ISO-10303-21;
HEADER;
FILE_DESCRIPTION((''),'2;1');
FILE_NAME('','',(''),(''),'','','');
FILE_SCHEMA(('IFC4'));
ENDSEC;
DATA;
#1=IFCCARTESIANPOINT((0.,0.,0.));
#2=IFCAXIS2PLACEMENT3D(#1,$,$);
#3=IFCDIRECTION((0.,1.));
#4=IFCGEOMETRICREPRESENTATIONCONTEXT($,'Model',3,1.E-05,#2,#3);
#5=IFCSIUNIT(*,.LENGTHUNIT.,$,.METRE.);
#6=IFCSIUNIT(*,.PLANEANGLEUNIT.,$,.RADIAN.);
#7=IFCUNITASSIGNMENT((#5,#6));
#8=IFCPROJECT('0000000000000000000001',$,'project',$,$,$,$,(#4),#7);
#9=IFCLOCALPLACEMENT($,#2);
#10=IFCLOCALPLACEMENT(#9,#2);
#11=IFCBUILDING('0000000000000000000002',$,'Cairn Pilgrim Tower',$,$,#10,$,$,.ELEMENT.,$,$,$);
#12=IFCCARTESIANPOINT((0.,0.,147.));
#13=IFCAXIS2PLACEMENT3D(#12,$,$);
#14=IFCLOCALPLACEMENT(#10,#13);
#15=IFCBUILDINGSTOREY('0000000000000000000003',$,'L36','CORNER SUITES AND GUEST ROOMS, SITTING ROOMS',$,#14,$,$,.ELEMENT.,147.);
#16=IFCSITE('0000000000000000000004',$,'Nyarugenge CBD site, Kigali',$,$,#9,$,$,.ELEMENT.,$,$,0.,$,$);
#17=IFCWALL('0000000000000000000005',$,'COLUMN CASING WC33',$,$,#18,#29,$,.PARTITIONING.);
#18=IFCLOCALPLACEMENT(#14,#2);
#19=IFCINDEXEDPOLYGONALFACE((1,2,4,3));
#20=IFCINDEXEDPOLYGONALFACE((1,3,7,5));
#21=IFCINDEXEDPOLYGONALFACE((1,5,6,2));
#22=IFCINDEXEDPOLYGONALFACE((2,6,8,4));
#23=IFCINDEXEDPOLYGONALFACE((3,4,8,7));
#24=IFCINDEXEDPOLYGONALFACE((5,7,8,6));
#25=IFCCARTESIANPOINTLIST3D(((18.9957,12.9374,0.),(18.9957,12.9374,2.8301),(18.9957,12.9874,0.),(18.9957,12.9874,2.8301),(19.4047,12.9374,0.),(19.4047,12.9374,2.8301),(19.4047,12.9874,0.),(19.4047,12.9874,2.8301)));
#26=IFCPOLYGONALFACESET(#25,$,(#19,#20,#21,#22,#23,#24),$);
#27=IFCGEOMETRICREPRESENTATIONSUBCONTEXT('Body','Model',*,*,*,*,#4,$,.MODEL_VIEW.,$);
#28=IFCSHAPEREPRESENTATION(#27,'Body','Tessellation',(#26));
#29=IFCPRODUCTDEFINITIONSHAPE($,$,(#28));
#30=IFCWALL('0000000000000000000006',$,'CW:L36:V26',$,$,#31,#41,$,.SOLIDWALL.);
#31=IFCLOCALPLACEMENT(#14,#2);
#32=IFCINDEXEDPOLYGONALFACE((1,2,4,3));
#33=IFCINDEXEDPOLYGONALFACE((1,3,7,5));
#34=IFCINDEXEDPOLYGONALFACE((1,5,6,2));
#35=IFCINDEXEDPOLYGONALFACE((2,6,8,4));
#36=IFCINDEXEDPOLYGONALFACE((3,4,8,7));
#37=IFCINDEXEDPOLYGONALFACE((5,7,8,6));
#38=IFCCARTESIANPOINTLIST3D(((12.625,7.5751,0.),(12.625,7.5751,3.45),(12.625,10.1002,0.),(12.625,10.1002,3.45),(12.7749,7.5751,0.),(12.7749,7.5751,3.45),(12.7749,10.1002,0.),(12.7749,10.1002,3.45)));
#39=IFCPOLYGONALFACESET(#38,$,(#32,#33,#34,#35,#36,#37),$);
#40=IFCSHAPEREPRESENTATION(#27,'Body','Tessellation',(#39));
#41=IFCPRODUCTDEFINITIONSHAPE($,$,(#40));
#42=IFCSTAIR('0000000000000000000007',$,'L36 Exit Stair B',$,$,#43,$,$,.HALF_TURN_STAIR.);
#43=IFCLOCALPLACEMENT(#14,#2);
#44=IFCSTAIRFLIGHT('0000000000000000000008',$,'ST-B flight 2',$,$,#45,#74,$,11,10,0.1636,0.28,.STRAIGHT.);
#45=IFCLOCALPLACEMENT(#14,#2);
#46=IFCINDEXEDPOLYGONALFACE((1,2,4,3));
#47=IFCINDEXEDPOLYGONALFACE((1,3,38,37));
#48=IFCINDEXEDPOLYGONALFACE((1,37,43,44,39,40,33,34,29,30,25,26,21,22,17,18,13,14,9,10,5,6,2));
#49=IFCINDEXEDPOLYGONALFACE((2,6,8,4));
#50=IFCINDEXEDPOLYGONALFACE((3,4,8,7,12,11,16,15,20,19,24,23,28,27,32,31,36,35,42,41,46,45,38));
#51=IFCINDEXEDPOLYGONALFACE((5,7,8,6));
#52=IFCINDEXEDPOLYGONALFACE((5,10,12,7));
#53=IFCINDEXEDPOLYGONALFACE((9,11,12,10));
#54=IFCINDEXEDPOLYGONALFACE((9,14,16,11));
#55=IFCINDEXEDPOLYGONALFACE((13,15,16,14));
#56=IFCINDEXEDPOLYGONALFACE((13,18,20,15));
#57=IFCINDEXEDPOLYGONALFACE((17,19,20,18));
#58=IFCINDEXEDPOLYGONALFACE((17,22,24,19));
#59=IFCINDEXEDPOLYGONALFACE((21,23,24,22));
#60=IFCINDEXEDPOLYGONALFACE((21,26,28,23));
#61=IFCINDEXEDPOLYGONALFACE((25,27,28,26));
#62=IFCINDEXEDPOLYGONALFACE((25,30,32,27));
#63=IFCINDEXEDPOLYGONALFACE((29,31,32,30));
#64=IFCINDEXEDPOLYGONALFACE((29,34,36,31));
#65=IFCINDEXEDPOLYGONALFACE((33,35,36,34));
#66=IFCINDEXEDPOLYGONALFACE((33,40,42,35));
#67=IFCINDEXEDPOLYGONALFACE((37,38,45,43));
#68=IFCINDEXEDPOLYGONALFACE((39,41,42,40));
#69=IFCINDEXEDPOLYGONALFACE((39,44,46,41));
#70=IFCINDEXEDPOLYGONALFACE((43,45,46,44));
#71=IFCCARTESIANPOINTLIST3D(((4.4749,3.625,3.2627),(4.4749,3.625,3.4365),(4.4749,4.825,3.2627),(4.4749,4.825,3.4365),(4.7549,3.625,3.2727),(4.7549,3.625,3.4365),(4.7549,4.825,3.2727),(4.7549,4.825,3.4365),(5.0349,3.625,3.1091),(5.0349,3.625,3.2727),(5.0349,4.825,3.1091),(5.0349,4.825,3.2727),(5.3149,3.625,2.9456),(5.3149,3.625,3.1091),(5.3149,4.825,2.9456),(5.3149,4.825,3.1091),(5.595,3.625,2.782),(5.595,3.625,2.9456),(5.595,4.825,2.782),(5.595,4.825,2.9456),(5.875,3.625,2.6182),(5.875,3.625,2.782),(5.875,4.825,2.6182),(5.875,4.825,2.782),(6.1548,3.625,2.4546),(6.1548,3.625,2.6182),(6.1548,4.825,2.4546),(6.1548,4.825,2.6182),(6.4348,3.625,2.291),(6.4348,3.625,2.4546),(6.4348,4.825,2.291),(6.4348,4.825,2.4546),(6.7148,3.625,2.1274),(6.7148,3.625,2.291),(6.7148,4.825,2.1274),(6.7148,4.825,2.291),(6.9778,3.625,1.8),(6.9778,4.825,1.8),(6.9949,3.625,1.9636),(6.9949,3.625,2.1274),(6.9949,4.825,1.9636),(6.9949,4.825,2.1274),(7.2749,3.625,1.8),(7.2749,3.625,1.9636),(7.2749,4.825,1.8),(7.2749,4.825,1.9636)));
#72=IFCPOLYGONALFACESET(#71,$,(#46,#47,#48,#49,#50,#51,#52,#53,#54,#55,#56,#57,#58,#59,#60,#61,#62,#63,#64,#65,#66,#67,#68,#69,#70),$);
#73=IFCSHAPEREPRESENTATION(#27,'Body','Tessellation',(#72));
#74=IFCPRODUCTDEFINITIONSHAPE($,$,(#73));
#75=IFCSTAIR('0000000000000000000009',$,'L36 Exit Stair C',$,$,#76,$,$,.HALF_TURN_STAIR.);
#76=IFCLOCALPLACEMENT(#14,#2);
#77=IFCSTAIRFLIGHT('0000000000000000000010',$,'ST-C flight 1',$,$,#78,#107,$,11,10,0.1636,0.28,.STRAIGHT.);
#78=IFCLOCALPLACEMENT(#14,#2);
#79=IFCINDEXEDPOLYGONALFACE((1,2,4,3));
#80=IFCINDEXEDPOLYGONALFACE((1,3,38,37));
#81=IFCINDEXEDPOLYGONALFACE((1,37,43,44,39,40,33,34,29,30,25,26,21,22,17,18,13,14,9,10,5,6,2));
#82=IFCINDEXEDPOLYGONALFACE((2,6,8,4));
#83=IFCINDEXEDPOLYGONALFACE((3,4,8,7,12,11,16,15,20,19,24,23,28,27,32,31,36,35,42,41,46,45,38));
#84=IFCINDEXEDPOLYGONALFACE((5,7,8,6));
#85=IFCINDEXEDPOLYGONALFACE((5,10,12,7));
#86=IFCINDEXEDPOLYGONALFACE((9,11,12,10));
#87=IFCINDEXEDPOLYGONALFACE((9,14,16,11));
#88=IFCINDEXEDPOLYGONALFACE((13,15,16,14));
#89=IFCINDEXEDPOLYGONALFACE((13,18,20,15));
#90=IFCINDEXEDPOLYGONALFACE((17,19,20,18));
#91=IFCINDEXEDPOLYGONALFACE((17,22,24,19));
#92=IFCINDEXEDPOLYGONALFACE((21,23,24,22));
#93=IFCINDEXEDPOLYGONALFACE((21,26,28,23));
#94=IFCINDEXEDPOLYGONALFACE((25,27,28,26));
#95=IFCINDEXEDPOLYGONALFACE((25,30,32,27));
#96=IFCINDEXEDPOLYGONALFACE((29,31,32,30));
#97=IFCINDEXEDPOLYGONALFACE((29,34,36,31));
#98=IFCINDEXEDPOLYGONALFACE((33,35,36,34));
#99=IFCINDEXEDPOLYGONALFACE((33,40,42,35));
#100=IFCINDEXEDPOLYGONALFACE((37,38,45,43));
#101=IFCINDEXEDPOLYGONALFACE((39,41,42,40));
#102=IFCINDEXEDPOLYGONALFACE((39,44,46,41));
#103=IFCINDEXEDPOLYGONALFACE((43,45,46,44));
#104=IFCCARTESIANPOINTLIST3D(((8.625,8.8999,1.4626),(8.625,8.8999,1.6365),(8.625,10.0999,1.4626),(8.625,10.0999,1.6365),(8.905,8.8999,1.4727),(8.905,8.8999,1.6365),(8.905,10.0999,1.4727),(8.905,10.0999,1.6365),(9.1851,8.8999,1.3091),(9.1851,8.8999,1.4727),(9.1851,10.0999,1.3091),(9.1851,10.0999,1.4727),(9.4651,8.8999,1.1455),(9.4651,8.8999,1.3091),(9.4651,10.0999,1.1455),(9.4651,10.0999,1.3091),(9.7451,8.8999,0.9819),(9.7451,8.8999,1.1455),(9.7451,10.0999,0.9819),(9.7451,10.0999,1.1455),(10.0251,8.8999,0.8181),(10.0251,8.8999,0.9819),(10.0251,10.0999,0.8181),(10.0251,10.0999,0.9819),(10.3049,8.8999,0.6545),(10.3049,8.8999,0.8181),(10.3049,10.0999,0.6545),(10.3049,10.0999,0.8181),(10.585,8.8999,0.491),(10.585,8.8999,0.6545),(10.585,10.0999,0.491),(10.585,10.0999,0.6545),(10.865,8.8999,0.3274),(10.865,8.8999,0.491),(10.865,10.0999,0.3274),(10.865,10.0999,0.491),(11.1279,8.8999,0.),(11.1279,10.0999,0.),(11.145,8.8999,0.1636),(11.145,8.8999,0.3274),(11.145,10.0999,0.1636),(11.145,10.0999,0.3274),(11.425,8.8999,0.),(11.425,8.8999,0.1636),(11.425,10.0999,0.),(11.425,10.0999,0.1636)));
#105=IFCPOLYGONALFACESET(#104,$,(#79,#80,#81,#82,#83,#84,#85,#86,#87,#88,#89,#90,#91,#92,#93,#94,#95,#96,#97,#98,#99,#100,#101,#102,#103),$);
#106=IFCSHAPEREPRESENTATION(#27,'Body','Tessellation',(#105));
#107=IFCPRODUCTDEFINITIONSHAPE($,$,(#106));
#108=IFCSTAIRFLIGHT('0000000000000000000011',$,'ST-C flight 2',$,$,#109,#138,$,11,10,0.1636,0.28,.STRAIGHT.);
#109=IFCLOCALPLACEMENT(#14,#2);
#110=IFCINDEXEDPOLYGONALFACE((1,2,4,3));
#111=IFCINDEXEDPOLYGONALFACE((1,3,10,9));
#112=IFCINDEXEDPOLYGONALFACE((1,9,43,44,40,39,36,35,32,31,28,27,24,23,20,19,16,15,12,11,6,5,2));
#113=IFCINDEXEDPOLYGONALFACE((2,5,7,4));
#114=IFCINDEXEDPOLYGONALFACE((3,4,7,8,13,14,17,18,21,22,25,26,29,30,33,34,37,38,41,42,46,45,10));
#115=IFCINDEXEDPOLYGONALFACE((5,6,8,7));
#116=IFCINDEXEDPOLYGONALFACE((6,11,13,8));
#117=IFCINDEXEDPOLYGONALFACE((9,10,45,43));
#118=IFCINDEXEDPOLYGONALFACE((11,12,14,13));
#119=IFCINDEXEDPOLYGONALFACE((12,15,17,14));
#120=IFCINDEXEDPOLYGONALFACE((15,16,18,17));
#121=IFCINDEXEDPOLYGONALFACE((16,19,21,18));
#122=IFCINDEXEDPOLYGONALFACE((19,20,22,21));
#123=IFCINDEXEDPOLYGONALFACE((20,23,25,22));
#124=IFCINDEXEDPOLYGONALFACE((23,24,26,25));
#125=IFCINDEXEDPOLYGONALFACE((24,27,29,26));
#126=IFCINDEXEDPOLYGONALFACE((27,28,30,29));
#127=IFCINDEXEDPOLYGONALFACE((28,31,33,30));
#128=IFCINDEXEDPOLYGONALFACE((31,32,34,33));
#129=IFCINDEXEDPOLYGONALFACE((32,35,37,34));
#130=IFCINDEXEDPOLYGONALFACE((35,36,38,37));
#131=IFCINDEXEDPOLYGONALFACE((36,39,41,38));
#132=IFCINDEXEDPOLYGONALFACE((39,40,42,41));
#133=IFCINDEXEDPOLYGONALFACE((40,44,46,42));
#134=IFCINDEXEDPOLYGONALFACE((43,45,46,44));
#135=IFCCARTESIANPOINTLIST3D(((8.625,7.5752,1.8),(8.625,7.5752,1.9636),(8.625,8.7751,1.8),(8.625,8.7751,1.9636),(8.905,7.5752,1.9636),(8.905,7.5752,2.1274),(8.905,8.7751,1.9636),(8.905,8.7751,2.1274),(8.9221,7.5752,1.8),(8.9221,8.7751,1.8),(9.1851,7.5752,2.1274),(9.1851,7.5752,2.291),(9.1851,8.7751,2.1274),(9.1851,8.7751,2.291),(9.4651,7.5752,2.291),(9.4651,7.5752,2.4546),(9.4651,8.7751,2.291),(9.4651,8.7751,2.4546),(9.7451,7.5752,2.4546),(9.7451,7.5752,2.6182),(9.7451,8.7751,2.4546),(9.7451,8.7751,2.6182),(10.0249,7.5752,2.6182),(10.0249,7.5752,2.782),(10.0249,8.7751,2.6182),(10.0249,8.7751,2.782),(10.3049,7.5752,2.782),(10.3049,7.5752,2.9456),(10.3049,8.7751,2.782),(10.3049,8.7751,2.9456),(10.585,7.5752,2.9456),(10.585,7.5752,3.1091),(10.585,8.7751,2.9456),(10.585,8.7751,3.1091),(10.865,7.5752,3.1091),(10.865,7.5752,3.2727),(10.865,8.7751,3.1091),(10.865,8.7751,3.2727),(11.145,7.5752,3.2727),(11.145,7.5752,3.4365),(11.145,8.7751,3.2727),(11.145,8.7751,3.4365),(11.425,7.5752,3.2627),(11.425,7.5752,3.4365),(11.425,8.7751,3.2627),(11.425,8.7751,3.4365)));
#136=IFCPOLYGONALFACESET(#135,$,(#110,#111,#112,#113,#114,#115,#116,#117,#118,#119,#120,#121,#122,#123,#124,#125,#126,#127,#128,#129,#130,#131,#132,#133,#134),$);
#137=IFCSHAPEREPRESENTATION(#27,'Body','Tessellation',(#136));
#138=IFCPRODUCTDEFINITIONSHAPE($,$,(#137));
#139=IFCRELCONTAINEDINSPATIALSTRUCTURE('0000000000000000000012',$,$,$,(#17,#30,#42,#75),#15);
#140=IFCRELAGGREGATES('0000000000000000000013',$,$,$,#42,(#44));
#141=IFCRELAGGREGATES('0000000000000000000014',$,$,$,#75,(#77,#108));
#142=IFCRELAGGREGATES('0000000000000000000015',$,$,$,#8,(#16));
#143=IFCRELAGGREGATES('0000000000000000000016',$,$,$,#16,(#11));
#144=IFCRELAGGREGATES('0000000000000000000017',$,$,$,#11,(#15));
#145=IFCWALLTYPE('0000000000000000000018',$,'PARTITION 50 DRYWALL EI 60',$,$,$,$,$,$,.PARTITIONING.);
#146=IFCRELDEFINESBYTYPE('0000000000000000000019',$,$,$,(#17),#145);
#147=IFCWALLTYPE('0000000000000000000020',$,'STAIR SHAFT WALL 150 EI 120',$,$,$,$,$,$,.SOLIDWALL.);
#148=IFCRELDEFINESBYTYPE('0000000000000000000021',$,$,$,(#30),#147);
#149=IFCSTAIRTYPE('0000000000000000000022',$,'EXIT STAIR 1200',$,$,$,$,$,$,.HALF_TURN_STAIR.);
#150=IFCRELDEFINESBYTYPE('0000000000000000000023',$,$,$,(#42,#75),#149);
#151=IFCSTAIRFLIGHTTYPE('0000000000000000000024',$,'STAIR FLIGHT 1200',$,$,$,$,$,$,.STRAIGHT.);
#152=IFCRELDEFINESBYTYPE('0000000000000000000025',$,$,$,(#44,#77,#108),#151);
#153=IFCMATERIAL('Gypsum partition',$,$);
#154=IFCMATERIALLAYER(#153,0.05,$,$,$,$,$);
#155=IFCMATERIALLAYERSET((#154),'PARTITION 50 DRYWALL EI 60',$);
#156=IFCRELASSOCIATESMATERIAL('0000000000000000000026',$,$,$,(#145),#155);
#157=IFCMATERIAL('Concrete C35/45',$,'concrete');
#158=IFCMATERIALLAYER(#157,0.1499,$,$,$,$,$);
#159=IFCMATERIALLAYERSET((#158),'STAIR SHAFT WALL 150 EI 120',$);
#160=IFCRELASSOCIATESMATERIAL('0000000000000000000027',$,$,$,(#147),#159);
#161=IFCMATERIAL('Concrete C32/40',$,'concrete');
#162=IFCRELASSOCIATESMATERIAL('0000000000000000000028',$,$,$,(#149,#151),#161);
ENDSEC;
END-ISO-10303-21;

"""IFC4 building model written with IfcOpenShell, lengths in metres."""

from ifc_helpers import new_model, si_unit, direction, frame, frame_2d, origin, place, context, subcontext, project, spatial, polyline, rectangle, outline, extrude, material, layer, layer_set, type_object, element, aggregate, save


model = new_model("IFC4")

# Units and contexts
model_context = context("Model", 3, precision=1e-05, world=origin(), true_north=direction((0.0, 1.0)))
body_context = subcontext(model_context, "Body", "Model", "MODEL_VIEW")
ifc_project = project(units=[si_unit("LENGTHUNIT", "METRE"), si_unit("PLANEANGLEUNIT", "RADIAN")], contexts=[model_context])

# Site, building, storey
site_placement = place(None, origin())
site = spatial("IfcSite", under=ifc_project, at=site_placement, Name="Nyarugenge CBD site, Kigali", CompositionType="ELEMENT", RefElevation=0.0)
building_placement = place(site_placement, origin())
building = spatial("IfcBuilding", under=site, at=building_placement, Name="Cairn Pilgrim Tower", CompositionType="ELEMENT")
storey_placement = place(building_placement, frame((0.0, 0.0, 147.0)))
storey = spatial("IfcBuildingStorey", under=building, at=storey_placement, Name="L36", Description="CORNER SUITES AND GUEST ROOMS, SITTING ROOMS", CompositionType="ELEMENT", Elevation=147.0)

# Shared definitions
ifc_material_1 = material(Name="Concrete C32/40", Category="concrete")

# Shared definitions
ifc_material_2 = material(Name="Gypsum partition")

# Walls
ifc_layer_1 = layer(ifc_material_2, 0.05)
ifc_layer_set_1 = layer_set([ifc_layer_1], Name="PARTITION 50 DRYWALL EI 60")
wall_type_1 = type_object("IfcWallType", Name="PARTITION 50 DRYWALL EI 60", PredefinedType="PARTITIONING", material=ifc_layer_set_1)
wall_1_placement = place(storey_placement, frame((18.9956, 12.9624, 0.0), z_axis=(0.0, 0.0, 1.0), x_axis=(1.0, 0.0, 0.0)))
element("IfcWall", 1, at=wall_1_placement, inside=storey, type_object=wall_type_1, Name="COLUMN CASING WC33", PredefinedType="PARTITIONING", context=body_context, shape_type="SweptSolid", body=[
    extrude(rectangle(XDim=0.4089, YDim=0.05, at=frame_2d((0.2046, 0.0))), origin(), (0.0, 0.0, 1.0), 2.8301),
])
ifc_material_3 = material(Name="Concrete C35/45", Category="concrete")
ifc_layer_2 = layer(ifc_material_3, 0.1499)
ifc_layer_set_2 = layer_set([ifc_layer_2], Name="STAIR SHAFT WALL 150 EI 120")
wall_type_2 = type_object("IfcWallType", Name="STAIR SHAFT WALL 150 EI 120", PredefinedType="SOLIDWALL", material=ifc_layer_set_2)
wall_2_placement = place(storey_placement, frame((12.7, 7.575, 0.0), z_axis=(0.0, 0.0, 1.0), x_axis=(0.0, 1.0, 0.0)))
element("IfcWall", 2, at=wall_2_placement, inside=storey, type_object=wall_type_2, Name="CW:L36:V26", PredefinedType="SOLIDWALL", context=body_context, shape_type="SweptSolid", body=[
    extrude(rectangle(XDim=2.5251, YDim=0.1499, at=frame_2d((1.2627, 0.0))), origin(), (0.0, 0.0, 1.0), 3.45),
])

# Stair, stair flight
stair_type = type_object("IfcStairType", Name="EXIT STAIR 1200", PredefinedType="HALF_TURN_STAIR", material=ifc_material_1)
stair_1_placement = place(storey_placement, origin())
stair_1 = element("IfcStair", 3, at=stair_1_placement, inside=storey, type_object=stair_type, Name="L36 Exit Stair B", PredefinedType="HALF_TURN_STAIR")
stair_flight_type = type_object("IfcStairFlightType", Name="STAIR FLIGHT 1200", PredefinedType="STRAIGHT", material=ifc_material_1)
stair_flight_1_placement = place(storey_placement, frame((7.2749, 4.2251, 1.8), z_axis=(0.0, 0.0, 1.0), x_axis=(-1.0, 0.0, 0.0)))
stair_flight_1 = element("IfcStairFlight", 4, at=stair_flight_1_placement, type_object=stair_flight_type, Name="ST-B flight 2", NumberOfRisers=11, NumberOfTreads=10, PredefinedType="STRAIGHT", RiserHeight=0.1636, TreadLength=0.28, context=body_context, shape_type="SweptSolid", body=[
    extrude(outline(polyline([(0.0, 0.0), (0.0, 0.1636), (0.28, 0.1636), (0.28, 0.3274), (0.5601, 0.3274), (0.5601, 0.491), (0.8401, 0.491), (0.8401, 0.6545), (1.1201, 0.6545), (1.1201, 0.8181), (1.3999, 0.8181), (1.3999, 0.9819), (1.6799, 0.9819), (1.6799, 1.1455), (1.96, 1.1455), (1.96, 1.3091), (2.24, 1.3091), (2.24, 1.4727), (2.52, 1.4727), (2.52, 1.6365), (2.8, 1.6365), (2.8, 1.8), (2.8, 1.4626), (0.2971, 0.0), (0.0, 0.0)])), frame((0.0, 0.6001, 0.0), z_axis=(0.0, -1.0, 0.0), x_axis=(1.0, 0.0, 0.0)), (0.0, 0.0, 1.0), 1.2),
])
aggregate(stair_1, [stair_flight_1])

# Stair, stair flights
stair_2_placement = place(storey_placement, origin())
stair_2 = element("IfcStair", 5, at=stair_2_placement, inside=storey, type_object=stair_type, Name="L36 Exit Stair C", PredefinedType="HALF_TURN_STAIR")
stair_flight_2_placement = place(storey_placement, frame((11.425, 9.5, 0.0), z_axis=(0.0, 0.0, 1.0), x_axis=(-1.0, 0.0, 0.0)))
stair_flight_2 = element("IfcStairFlight", 6, at=stair_flight_2_placement, type_object=stair_flight_type, Name="ST-C flight 1", NumberOfRisers=11, NumberOfTreads=10, PredefinedType="STRAIGHT", RiserHeight=0.1636, TreadLength=0.28, context=body_context, shape_type="SweptSolid", body=[
    extrude(outline(polyline([(0.0, 0.0), (0.0, 0.1636), (0.28, 0.1636), (0.28, 0.3274), (0.5601, 0.3274), (0.5601, 0.491), (0.8401, 0.491), (0.8401, 0.6545), (1.1201, 0.6545), (1.1201, 0.8181), (1.3999, 0.8181), (1.3999, 0.9819), (1.6799, 0.9819), (1.6799, 1.1455), (1.96, 1.1455), (1.96, 1.3091), (2.24, 1.3091), (2.24, 1.4727), (2.52, 1.4727), (2.52, 1.6365), (2.8, 1.6365), (2.8, 1.8), (2.8, 1.4626), (0.2971, 0.0), (0.0, 0.0)])), frame((0.0, 0.6001, 0.0), z_axis=(0.0, -1.0, 0.0), x_axis=(1.0, 0.0, 0.0)), (0.0, 0.0, 1.0), 1.2),
])
stair_flight_3_placement = place(storey_placement, frame((8.625, 8.175, 1.8), z_axis=(0.0, 0.0, 1.0), x_axis=(1.0, 0.0, 0.0)))
stair_flight_3 = element("IfcStairFlight", 7, at=stair_flight_3_placement, type_object=stair_flight_type, Name="ST-C flight 2", NumberOfRisers=11, NumberOfTreads=10, PredefinedType="STRAIGHT", RiserHeight=0.1636, TreadLength=0.28, context=body_context, shape_type="SweptSolid", body=[
    extrude(outline(polyline([(0.0, 0.0), (0.0, 0.1636), (0.28, 0.1636), (0.28, 0.3274), (0.5601, 0.3274), (0.5601, 0.491), (0.8401, 0.491), (0.8401, 0.6545), (1.1201, 0.6545), (1.1201, 0.8181), (1.3999, 0.8181), (1.3999, 0.9819), (1.6799, 0.9819), (1.6799, 1.1455), (1.96, 1.1455), (1.96, 1.3091), (2.24, 1.3091), (2.24, 1.4727), (2.52, 1.4727), (2.52, 1.6365), (2.8, 1.6365), (2.8, 1.8), (2.8, 1.4626), (0.2971, 0.0), (0.0, 0.0)])), frame((0.0, 0.6001, 0.0), z_axis=(0.0, -1.0, 0.0), x_axis=(1.0, 0.0, 0.0)), (0.0, 0.0, 1.0), 1.2),
])
aggregate(stair_2, [stair_flight_2, stair_flight_3])

save(model, "model.ifc")
